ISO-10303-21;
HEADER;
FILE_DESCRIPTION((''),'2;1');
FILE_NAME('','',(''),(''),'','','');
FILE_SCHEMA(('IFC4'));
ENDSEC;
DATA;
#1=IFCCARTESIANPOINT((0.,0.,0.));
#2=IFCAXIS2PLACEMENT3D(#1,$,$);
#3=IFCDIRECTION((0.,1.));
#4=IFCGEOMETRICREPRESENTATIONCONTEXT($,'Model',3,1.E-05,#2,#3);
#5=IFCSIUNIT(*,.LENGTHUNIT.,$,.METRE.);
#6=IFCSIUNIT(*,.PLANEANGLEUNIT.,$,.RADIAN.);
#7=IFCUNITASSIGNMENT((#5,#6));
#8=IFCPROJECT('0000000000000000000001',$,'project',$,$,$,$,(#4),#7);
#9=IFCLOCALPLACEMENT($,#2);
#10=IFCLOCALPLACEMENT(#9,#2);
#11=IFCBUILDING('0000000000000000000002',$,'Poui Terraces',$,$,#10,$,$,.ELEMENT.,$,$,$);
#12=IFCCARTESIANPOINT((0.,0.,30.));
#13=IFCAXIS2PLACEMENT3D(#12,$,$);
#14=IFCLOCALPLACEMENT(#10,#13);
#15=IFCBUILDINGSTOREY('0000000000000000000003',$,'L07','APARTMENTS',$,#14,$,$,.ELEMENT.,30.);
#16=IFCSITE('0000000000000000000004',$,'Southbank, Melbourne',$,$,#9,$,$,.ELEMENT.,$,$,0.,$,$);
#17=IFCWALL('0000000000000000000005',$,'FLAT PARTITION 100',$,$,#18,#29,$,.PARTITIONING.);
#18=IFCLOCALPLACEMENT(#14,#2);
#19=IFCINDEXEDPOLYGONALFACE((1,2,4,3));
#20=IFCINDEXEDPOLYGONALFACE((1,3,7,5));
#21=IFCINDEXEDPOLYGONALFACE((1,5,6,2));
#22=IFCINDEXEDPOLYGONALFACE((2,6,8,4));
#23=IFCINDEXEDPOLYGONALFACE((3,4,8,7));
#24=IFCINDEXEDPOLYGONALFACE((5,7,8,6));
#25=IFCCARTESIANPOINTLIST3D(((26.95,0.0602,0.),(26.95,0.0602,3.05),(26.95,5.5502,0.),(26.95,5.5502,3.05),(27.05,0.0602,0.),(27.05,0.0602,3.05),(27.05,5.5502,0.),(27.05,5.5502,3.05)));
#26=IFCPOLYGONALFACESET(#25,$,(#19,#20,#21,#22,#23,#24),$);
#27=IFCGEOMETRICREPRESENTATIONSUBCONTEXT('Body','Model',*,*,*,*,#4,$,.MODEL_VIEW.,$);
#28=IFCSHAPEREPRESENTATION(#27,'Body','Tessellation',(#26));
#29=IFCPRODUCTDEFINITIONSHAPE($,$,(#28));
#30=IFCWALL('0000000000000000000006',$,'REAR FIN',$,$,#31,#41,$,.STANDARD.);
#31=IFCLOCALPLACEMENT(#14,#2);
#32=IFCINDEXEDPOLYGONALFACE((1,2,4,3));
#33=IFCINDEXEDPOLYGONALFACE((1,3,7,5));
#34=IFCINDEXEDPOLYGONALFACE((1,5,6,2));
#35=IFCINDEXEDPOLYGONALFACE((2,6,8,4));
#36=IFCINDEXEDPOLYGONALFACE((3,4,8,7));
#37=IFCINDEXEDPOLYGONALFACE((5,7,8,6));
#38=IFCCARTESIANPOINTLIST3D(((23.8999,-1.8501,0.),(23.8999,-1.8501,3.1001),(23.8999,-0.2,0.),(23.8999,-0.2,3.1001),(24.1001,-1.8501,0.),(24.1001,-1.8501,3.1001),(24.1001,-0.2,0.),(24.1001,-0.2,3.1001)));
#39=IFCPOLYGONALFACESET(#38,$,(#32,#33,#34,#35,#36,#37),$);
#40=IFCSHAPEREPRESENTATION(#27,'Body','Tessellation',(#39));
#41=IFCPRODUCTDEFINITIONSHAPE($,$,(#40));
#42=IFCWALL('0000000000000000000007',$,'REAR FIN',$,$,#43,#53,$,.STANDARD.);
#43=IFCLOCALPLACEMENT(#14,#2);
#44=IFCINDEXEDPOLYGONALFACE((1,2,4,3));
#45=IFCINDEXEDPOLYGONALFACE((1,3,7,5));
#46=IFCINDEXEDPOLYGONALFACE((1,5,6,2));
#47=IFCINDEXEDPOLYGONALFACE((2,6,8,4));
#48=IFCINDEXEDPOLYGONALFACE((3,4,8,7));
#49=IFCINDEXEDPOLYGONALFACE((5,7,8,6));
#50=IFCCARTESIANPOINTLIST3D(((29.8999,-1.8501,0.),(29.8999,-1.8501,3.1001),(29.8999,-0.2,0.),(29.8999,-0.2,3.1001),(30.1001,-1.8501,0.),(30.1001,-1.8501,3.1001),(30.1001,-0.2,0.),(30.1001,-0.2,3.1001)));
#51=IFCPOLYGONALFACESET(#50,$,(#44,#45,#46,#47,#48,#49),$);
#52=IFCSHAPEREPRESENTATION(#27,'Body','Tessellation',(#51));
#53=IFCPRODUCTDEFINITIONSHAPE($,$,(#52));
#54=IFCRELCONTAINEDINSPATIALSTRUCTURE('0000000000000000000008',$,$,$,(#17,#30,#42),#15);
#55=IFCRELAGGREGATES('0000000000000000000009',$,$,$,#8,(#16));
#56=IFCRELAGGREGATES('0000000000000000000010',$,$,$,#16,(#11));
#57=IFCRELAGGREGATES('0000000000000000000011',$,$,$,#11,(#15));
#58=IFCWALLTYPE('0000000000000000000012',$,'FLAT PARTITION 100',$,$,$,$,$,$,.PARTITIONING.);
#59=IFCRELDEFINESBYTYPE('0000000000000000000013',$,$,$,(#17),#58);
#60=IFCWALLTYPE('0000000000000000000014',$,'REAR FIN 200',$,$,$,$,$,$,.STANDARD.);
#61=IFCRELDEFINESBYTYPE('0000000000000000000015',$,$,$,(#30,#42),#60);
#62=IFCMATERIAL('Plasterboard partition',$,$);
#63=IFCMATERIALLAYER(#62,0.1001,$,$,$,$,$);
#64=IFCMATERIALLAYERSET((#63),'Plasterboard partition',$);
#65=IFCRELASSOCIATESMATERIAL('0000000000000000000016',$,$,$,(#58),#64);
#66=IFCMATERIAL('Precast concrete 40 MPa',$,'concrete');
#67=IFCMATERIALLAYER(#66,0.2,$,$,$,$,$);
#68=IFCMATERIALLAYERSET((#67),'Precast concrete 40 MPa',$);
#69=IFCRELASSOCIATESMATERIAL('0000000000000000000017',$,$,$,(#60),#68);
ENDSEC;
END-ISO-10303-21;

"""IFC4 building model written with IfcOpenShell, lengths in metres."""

from ifc_helpers import new_model, si_unit, direction, frame, frame_2d, origin, place, context, subcontext, project, spatial, polyline, rectangle, outline, extrude, source, transform, mapped, material, layer, layer_set, type_object, element, save


model = new_model("IFC4")

# Units and contexts
model_context = context("Model", 3, precision=1e-05, world=origin(), true_north=direction((0.0, 1.0)))
body_context = subcontext(model_context, "Body", "Model", "MODEL_VIEW")
ifc_project = project(units=[si_unit("LENGTHUNIT", "METRE"), si_unit("PLANEANGLEUNIT", "RADIAN")], contexts=[model_context])

# Site, building, storey
site_placement = place(None, origin())
site = spatial("IfcSite", under=ifc_project, at=site_placement, Name="Southbank, Melbourne", CompositionType="ELEMENT", RefElevation=0.0)
building_placement = place(site_placement, origin())
building = spatial("IfcBuilding", under=site, at=building_placement, Name="Poui Terraces", CompositionType="ELEMENT")
storey_placement = place(building_placement, frame((0.0, 0.0, 30.0)))
storey = spatial("IfcBuildingStorey", under=building, at=storey_placement, Name="L07", Description="APARTMENTS", CompositionType="ELEMENT", Elevation=30.0)

# Shared definitions
ifc_material_1 = material(Name="Precast concrete 40 MPa", Category="concrete")

# Shared definitions
ifc_material_2 = material(Name="Plasterboard partition")
ifc_layer_1 = layer(ifc_material_2, 0.1001)
ifc_layer_set_1 = layer_set([ifc_layer_1], Name="Plasterboard partition")
wall_type_1 = type_object("IfcWallType", Name="FLAT PARTITION 100", PredefinedType="PARTITIONING", material=ifc_layer_set_1)

# Walls
wall_1_placement = place(storey_placement, frame((27.0, 0.0601, 0.0), z_axis=(0.0, 0.0, 1.0), x_axis=(0.0, 1.0, 0.0)))
element("IfcWall", 1, at=wall_1_placement, inside=storey, type_object=wall_type_1, Name="FLAT PARTITION 100", PredefinedType="PARTITIONING", context=body_context, shape_type="SweptSolid", body=[
    extrude(rectangle(XDim=5.49, YDim=0.1001, at=frame_2d((2.7451, 0.0))), origin(), (0.0, 0.0, 1.0), 3.05),
])
ifc_layer_2 = layer(ifc_material_1, 0.2)
ifc_layer_set_2 = layer_set([ifc_layer_2], Name="Precast concrete 40 MPa")
wall_type_2 = type_object("IfcWallType", Name="REAR FIN 200", PredefinedType="STANDARD", material=ifc_layer_set_2)
shared_shape_1 = source(origin(), body_context, "Body", "SweptSolid", [
    extrude(outline(polyline([(0.0, 0.0), (0.2002, 0.0), (0.2002, 1.6501), (0.0, 1.6501), (0.0, 0.0)])), origin(), (0.0, 0.0, 1.0), 3.1001),
])
for number, where, name in (
    (2, (23.8999, -1.8501, 0.0), "REAR FIN"),
    (3, (29.8999, -1.8501, 0.0), "REAR FIN"),
):
    element("IfcWall", number, at=place(storey_placement, frame(where)), inside=storey, type_object=wall_type_2, Name=name, PredefinedType="STANDARD", context=body_context, shape_type="MappedRepresentation", body=[
        mapped(shared_shape_1, transform((0.0, 0.0, 0.0))),
    ])

save(model, "model.ifc")
